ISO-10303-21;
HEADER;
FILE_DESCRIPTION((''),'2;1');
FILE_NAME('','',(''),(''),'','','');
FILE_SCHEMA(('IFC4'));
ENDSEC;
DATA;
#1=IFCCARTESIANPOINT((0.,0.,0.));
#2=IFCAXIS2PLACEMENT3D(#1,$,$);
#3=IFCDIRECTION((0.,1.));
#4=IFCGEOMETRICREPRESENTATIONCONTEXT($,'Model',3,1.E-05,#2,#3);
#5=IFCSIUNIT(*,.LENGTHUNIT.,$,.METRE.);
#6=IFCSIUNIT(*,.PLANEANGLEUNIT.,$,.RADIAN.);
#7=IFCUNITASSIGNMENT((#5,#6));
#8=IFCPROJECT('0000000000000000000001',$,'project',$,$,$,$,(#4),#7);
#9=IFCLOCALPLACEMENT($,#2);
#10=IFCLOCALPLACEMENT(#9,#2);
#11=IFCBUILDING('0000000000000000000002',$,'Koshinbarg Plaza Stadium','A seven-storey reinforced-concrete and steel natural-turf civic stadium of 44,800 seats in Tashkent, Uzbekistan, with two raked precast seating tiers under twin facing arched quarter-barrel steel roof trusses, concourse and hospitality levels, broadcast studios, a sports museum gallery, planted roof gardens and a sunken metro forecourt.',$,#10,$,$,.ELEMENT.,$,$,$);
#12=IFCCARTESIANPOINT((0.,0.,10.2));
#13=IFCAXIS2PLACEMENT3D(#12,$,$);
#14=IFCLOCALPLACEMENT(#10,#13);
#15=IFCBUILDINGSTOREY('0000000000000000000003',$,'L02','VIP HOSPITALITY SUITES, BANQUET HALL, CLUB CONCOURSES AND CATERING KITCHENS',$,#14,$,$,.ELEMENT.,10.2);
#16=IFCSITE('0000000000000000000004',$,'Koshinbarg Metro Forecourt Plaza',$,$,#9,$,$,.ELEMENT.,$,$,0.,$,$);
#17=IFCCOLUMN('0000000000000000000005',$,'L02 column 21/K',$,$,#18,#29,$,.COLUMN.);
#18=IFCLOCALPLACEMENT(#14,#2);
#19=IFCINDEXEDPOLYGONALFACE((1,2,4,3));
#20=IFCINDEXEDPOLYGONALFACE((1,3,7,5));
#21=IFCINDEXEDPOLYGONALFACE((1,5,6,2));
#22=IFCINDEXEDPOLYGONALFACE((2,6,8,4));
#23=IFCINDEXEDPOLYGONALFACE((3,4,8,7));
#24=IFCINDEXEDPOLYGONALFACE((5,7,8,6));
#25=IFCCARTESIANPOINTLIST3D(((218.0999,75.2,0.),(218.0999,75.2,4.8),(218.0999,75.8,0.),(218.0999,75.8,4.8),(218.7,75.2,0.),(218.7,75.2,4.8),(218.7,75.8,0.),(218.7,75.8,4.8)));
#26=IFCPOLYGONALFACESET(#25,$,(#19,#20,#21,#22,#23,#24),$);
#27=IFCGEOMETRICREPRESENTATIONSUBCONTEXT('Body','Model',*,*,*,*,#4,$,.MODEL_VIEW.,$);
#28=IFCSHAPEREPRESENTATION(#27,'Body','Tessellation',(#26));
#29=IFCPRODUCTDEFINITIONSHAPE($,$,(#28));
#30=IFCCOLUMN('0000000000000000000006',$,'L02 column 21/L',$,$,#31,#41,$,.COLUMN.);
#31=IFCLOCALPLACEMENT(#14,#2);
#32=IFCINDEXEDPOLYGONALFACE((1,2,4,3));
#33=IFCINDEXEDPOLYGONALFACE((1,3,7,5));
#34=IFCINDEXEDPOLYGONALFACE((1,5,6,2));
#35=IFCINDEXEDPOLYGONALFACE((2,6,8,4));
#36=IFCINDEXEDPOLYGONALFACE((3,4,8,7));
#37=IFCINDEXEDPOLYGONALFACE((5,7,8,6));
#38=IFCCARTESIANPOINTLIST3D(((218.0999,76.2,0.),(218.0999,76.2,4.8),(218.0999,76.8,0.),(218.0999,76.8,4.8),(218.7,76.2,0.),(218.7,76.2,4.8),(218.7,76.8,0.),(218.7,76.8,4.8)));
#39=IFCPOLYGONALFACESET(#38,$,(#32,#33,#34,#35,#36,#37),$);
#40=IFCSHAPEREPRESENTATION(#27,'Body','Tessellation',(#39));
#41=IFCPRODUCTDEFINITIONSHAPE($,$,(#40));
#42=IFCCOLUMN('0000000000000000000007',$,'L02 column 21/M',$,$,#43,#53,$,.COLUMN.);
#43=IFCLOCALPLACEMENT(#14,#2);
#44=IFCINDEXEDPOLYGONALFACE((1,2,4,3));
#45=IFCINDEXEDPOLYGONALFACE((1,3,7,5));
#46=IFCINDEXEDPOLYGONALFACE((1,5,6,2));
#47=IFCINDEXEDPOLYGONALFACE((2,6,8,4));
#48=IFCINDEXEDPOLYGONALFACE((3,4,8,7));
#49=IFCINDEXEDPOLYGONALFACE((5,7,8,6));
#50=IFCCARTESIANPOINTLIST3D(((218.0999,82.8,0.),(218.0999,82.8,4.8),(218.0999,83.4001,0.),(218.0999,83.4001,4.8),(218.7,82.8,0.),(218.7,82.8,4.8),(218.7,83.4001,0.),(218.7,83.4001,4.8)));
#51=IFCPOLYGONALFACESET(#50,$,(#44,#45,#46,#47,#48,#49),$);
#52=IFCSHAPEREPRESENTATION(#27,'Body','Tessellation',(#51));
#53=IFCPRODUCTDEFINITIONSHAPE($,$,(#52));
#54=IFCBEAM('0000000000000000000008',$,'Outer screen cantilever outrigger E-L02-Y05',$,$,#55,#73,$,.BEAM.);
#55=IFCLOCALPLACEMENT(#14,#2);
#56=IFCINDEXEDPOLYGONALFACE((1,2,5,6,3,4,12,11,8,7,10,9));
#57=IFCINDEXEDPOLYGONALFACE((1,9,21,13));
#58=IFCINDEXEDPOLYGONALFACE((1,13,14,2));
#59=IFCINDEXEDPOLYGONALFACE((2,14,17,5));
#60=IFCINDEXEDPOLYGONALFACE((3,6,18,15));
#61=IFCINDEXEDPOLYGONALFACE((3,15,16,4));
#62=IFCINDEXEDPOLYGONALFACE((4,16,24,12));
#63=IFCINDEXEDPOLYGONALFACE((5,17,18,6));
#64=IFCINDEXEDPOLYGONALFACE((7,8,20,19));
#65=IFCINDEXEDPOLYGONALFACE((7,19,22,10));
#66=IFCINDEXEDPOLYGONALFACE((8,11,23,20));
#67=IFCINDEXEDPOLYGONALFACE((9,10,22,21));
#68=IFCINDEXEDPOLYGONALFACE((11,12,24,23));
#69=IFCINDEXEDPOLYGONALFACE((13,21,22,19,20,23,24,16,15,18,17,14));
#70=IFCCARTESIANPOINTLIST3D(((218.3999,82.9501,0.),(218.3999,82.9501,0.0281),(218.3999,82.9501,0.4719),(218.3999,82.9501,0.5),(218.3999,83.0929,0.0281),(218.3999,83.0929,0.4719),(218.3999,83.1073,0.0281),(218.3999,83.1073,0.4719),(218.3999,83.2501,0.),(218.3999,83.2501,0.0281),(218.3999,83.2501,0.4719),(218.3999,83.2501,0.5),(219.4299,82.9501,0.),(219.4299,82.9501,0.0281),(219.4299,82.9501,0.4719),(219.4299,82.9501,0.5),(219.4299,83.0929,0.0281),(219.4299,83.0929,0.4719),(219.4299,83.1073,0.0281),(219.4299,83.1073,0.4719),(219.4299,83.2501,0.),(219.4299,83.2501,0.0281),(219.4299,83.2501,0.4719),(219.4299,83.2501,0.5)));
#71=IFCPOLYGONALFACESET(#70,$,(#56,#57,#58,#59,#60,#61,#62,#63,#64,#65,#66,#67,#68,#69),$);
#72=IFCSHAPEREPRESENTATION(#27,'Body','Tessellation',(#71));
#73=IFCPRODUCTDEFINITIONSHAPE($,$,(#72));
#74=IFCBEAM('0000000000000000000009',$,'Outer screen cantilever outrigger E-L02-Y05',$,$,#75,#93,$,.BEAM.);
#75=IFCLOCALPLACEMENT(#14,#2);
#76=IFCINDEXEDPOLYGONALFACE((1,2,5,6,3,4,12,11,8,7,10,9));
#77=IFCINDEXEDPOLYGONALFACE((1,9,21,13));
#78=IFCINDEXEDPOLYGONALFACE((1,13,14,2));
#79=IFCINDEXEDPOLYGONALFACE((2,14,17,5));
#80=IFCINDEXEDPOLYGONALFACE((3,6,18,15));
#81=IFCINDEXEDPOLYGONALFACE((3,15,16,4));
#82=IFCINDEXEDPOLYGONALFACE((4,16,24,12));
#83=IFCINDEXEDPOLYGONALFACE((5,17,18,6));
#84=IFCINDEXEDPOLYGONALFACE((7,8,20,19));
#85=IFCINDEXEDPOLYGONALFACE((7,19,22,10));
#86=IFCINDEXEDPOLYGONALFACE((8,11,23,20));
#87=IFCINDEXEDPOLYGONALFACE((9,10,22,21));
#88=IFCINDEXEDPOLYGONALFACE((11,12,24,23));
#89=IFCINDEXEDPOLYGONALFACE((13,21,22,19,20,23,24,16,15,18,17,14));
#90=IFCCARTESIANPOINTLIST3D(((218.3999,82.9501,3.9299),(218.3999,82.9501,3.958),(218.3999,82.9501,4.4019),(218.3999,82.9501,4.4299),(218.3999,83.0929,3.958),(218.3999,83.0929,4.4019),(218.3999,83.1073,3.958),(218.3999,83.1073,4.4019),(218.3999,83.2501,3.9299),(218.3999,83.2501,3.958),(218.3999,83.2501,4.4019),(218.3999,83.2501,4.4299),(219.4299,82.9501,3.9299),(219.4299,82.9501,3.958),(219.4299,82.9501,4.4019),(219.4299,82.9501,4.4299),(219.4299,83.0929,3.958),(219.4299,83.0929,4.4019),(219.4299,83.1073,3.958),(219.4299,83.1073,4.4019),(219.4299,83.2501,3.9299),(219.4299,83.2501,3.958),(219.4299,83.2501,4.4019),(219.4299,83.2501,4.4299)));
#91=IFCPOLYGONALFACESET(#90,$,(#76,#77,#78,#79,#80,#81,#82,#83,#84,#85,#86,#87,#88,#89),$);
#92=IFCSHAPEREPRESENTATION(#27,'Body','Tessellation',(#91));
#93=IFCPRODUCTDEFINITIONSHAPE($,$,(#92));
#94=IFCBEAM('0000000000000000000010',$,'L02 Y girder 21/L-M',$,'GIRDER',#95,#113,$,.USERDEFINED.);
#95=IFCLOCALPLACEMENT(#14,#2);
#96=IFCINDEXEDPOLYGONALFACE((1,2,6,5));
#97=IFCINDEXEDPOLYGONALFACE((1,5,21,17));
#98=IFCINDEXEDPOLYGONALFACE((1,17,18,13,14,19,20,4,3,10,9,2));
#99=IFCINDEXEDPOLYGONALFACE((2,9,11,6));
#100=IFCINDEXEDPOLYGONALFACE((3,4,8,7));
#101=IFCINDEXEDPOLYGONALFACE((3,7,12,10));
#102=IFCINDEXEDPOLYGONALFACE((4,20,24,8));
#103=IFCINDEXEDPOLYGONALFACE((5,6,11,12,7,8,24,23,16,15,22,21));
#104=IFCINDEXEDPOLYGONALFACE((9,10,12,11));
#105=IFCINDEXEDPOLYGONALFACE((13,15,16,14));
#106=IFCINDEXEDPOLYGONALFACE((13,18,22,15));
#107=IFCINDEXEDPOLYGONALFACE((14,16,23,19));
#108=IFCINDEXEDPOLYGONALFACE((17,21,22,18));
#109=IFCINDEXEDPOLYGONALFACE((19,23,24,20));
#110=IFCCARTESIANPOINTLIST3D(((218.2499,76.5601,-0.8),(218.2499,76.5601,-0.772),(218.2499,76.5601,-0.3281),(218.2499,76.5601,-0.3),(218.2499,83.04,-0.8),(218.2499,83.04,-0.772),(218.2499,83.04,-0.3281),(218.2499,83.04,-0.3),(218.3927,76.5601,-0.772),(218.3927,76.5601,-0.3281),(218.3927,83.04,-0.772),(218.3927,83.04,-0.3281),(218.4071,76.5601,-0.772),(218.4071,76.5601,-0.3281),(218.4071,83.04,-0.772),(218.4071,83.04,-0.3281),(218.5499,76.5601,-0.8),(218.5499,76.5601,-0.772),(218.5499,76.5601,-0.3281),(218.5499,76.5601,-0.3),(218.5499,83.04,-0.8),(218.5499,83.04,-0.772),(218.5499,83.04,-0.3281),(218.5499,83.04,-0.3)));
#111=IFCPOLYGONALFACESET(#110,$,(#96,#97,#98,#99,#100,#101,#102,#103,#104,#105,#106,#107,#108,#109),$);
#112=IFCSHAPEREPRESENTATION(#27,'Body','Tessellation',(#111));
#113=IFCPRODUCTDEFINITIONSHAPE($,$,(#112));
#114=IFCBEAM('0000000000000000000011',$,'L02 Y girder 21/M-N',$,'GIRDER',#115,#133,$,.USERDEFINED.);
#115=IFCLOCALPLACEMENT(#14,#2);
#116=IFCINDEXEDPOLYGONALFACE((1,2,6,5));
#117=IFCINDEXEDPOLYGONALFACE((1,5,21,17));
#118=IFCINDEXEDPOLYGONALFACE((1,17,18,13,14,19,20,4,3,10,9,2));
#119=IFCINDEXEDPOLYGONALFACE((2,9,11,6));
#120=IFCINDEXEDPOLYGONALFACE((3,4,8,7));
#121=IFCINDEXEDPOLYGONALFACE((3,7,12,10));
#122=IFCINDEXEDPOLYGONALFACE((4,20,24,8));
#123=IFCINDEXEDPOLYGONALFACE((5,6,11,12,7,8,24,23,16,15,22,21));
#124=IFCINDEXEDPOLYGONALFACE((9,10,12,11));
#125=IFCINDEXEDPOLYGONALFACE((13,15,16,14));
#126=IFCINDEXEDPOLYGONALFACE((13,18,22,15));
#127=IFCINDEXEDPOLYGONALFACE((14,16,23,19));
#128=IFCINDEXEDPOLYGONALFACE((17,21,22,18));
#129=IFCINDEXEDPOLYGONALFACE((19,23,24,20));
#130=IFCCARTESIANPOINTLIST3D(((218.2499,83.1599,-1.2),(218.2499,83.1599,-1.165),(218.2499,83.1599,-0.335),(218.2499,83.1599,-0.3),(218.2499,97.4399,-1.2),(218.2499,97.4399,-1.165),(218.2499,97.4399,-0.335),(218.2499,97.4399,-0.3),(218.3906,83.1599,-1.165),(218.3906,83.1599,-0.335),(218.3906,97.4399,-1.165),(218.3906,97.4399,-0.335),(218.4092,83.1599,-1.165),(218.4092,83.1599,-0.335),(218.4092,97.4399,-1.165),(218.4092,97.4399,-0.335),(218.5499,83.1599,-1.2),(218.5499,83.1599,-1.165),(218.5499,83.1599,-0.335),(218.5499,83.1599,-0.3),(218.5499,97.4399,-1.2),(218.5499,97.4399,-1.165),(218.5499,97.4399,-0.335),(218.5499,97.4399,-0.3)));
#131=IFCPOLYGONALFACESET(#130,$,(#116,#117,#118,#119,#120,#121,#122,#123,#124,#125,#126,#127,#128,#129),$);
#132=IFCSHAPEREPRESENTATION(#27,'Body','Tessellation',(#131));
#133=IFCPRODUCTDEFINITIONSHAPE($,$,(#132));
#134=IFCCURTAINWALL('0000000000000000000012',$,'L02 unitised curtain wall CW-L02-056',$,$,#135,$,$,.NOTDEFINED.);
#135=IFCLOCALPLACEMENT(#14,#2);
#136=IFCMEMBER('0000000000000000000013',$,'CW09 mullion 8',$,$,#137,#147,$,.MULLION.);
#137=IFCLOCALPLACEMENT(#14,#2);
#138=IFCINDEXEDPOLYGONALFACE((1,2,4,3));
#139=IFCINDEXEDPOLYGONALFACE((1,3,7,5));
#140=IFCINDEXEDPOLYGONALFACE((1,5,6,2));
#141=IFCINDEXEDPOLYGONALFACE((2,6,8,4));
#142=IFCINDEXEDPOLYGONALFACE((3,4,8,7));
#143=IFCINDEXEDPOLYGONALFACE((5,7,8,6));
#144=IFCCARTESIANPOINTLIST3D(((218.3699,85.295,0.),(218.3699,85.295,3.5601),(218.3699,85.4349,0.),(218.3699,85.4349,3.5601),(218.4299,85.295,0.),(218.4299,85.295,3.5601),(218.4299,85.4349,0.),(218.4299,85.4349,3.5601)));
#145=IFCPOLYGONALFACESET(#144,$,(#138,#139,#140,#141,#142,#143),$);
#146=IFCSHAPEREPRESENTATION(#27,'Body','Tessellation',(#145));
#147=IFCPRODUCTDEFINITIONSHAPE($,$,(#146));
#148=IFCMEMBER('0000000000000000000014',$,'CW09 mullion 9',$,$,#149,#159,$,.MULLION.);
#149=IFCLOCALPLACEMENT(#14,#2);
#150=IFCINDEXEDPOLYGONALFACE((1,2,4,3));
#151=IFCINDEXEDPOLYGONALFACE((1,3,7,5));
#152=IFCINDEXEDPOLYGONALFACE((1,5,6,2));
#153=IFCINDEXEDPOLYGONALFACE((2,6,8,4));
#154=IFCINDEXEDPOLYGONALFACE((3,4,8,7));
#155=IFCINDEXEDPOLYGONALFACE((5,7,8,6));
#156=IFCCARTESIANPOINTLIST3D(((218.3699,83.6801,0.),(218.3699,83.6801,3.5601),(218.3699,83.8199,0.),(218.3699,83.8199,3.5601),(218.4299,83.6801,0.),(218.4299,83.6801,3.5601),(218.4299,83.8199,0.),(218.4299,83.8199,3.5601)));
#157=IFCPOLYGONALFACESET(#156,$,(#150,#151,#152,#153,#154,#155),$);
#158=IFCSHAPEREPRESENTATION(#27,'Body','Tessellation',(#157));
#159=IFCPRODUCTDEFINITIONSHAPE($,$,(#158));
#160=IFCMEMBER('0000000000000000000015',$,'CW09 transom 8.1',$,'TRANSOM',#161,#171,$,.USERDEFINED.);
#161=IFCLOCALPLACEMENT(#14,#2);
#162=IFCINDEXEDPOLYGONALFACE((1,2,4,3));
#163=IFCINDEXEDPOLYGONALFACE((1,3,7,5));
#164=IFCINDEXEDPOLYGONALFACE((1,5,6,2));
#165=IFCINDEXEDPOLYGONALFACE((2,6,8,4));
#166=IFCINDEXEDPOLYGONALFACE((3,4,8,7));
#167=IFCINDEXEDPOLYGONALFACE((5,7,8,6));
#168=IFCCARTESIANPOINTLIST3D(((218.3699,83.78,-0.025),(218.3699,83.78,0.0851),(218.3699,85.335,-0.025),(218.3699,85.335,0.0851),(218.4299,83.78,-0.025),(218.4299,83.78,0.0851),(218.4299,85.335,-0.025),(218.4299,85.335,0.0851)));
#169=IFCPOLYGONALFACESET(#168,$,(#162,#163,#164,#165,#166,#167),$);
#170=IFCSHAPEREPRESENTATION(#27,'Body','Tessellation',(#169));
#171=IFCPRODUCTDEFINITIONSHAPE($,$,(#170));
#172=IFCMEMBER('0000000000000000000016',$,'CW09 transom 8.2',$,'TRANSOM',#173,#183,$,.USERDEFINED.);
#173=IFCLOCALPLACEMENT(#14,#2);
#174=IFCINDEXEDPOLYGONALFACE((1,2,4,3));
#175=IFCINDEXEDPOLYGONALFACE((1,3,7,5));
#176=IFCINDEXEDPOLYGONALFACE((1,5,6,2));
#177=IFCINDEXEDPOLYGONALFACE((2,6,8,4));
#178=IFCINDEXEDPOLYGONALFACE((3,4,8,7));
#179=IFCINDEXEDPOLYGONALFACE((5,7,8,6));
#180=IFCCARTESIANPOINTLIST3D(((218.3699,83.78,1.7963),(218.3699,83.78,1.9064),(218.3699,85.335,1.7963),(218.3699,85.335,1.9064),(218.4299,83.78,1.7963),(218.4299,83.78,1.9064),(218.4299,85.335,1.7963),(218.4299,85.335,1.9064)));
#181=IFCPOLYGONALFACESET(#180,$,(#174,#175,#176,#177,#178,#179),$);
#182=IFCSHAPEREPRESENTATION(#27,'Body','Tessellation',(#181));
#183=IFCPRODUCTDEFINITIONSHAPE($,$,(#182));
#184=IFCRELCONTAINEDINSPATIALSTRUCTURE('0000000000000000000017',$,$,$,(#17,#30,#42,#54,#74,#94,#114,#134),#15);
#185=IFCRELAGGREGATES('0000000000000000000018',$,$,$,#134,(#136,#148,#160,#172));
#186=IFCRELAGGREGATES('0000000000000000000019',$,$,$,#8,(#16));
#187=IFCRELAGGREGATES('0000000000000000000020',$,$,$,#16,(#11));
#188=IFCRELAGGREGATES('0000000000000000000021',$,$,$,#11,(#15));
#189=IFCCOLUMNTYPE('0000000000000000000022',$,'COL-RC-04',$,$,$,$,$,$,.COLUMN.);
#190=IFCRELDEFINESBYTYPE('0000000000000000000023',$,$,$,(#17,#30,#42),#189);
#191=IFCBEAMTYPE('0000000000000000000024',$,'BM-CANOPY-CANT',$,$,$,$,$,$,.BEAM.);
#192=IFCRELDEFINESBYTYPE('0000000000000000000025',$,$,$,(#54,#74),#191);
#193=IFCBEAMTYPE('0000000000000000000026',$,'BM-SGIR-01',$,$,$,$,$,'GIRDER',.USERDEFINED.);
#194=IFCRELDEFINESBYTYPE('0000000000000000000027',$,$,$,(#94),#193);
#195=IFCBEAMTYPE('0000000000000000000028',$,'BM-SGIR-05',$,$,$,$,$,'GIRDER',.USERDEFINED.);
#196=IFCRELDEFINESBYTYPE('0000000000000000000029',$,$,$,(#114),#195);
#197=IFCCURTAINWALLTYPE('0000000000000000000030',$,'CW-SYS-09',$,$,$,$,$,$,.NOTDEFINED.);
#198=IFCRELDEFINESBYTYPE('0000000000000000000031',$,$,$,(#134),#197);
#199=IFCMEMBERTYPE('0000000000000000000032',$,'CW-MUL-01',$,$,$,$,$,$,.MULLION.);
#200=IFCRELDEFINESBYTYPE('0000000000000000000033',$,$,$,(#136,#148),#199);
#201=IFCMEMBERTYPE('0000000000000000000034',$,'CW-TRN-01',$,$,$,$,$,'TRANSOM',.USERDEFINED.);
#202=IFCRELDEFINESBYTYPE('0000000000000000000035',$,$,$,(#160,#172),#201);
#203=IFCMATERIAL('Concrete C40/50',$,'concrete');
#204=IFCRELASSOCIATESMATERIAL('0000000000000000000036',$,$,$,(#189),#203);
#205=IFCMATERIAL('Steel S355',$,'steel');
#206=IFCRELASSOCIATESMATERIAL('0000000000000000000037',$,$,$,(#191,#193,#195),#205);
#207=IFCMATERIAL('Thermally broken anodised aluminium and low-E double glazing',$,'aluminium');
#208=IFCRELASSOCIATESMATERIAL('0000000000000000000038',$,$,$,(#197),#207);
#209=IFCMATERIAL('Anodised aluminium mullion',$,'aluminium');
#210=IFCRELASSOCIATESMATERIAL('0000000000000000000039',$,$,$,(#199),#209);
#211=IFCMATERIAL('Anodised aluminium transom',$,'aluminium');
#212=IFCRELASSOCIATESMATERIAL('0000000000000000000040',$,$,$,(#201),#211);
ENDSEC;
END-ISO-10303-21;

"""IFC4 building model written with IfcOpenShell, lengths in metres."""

from ifc_helpers import new_model, si_unit, direction, frame, origin, origin_2d, place, context, subcontext, project, spatial, rectangle, i_section, extrude, material, material_profile, profile_set, type_object, element, aggregate, save


model = new_model("IFC4")

# Units and contexts
model_context = context("Model", 3, precision=1e-05, world=origin(), true_north=direction((0.0, 1.0)))
body_context = subcontext(model_context, "Body", "Model", "MODEL_VIEW")
ifc_project = project(units=[si_unit("LENGTHUNIT", "METRE"), si_unit("PLANEANGLEUNIT", "RADIAN")], contexts=[model_context])

# Site, building, storey
site_placement = place(None, origin())
site = spatial("IfcSite", under=ifc_project, at=site_placement, Name="Koshinbarg Metro Forecourt Plaza", CompositionType="ELEMENT", RefElevation=0.0)
building_placement = place(site_placement, origin())
building = spatial("IfcBuilding", under=site, at=building_placement, Name="Koshinbarg Plaza Stadium", Description="A seven-storey reinforced-concrete and steel natural-turf civic stadium of 44,800 seats in Tashkent, Uzbekistan, with two raked precast seating tiers under twin facing arched quarter-barrel steel roof trusses, concourse and hospitality levels, broadcast studios, a sports museum gallery, planted roof gardens and a sunken metro forecourt.", CompositionType="ELEMENT")
storey_placement = place(building_placement, frame((0.0, 0.0, 10.2)))
storey = spatial("IfcBuildingStorey", under=building, at=storey_placement, Name="L02", Description="VIP HOSPITALITY SUITES, BANQUET HALL, CLUB CONCOURSES AND CATERING KITCHENS", CompositionType="ELEMENT", Elevation=10.2)

# Columns
ifc_material_1 = material(Name="Concrete C40/50", Category="concrete")
ifc_material_profile_1 = material_profile(ifc_material_1, rectangle(XDim=0.6001, YDim=0.6001, at=origin_2d()), Name="RC 600x600")
ifc_profile_set_1 = profile_set([ifc_material_profile_1], Name="Concrete C40/50")
column_type = type_object("IfcColumnType", Name="COL-RC-04", PredefinedType="COLUMN", material=ifc_profile_set_1)
for number, where, z_axis, x_axis, name in (
    (1, (218.3999, 75.5, 0.0), (0.0, 0.0, 1.0), (1.0, 0.0, 0.0), "L02 column 21/K"),
    (2, (218.3999, 76.5, 0.0), (0.0, 0.0, 1.0), (1.0, 0.0, 0.0), "L02 column 21/L"),
    (3, (218.3999, 83.1001, 0.0), (0.0, 0.0, 1.0), (1.0, 0.0, 0.0), "L02 column 21/M"),
):
    element("IfcColumn", number, at=place(storey_placement, frame(where, z_axis=z_axis, x_axis=x_axis)), inside=storey, type_object=column_type, Name=name, PredefinedType="COLUMN", context=body_context, shape_type="SweptSolid", body=[
        extrude(rectangle(XDim=0.6001, YDim=0.6001, at=origin_2d()), origin(), (0.0, 0.0, 1.0), 4.8),
    ])

# Beams
ifc_material_2 = material(Name="Steel S355", Category="steel")
ifc_material_profile_2 = material_profile(ifc_material_2, i_section(OverallWidth=0.3, OverallDepth=0.5, WebThickness=0.0144, FlangeThickness=0.0281, at=origin_2d()), Name="HEB 500")
ifc_profile_set_2 = profile_set([ifc_material_profile_2], Name="Steel S355")
beam_type_1 = type_object("IfcBeamType", Name="BM-CANOPY-CANT", PredefinedType="BEAM", material=ifc_profile_set_2)
for number, where, z_axis, x_axis, name in (
    (4, (218.3999, 83.1001, 0.25), (1.0, 0.0, 0.0), (0.0, 1.0, 0.0), "Outer screen cantilever outrigger E-L02-Y05"),
    (5, (218.3999, 83.1001, 4.1799), (1.0, 0.0, 0.0), (0.0, 1.0, 0.0), "Outer screen cantilever outrigger E-L02-Y05"),
):
    element("IfcBeam", number, at=place(storey_placement, frame(where, z_axis=z_axis, x_axis=x_axis)), inside=storey, type_object=beam_type_1, Name=name, PredefinedType="BEAM", context=body_context, shape_type="SweptSolid", body=[
        extrude(i_section(OverallWidth=0.3, OverallDepth=0.5, WebThickness=0.0144, FlangeThickness=0.0281, at=origin_2d()), origin(), (0.0, 0.0, 1.0), 1.03),
    ])
ifc_material_profile_3 = material_profile(ifc_material_2, i_section(OverallWidth=0.3, OverallDepth=0.5, WebThickness=0.0144, FlangeThickness=0.0281, at=origin_2d()), Name="HEB 500")
ifc_profile_set_3 = profile_set([ifc_material_profile_3], Name="Steel S355")
beam_type_2 = type_object("IfcBeamType", Name="BM-SGIR-01", ElementType="GIRDER", PredefinedType="USERDEFINED", material=ifc_profile_set_3)
beam_1_placement = place(storey_placement, frame((218.3999, 76.5601, -0.55), z_axis=(0.0, 1.0, 0.0), x_axis=(-1.0, 0.0, 0.0)))
element("IfcBeam", 6, at=beam_1_placement, inside=storey, type_object=beam_type_2, Name="L02 Y girder 21/L-M", ObjectType="GIRDER", PredefinedType="USERDEFINED", context=body_context, shape_type="SweptSolid", body=[
    extrude(i_section(OverallWidth=0.3, OverallDepth=0.5, WebThickness=0.0144, FlangeThickness=0.0281, at=origin_2d()), origin(), (0.0, 0.0, 1.0), 6.48),
])
ifc_material_profile_4 = material_profile(ifc_material_2, i_section(OverallWidth=0.3, OverallDepth=0.8999, WebThickness=0.0186, FlangeThickness=0.0349, at=origin_2d()), Name="HEB 900")
ifc_profile_set_4 = profile_set([ifc_material_profile_4], Name="Steel S355")
beam_type_3 = type_object("IfcBeamType", Name="BM-SGIR-05", ElementType="GIRDER", PredefinedType="USERDEFINED", material=ifc_profile_set_4)
beam_2_placement = place(storey_placement, frame((218.3999, 83.1599, -0.75), z_axis=(0.0, 1.0, 0.0), x_axis=(-1.0, 0.0, 0.0)))
element("IfcBeam", 7, at=beam_2_placement, inside=storey, type_object=beam_type_3, Name="L02 Y girder 21/M-N", ObjectType="GIRDER", PredefinedType="USERDEFINED", context=body_context, shape_type="SweptSolid", body=[
    extrude(i_section(OverallWidth=0.3, OverallDepth=0.8999, WebThickness=0.0186, FlangeThickness=0.0349, at=origin_2d()), origin(), (0.0, 0.0, 1.0), 14.28),
])

# Curtain wall, members
ifc_material_3 = material(Name="Thermally broken anodised aluminium and low-E double glazing", Category="aluminium")
curtain_wall_type = type_object("IfcCurtainWallType", Name="CW-SYS-09", PredefinedType="NOTDEFINED", material=ifc_material_3)
curtain_wall_placement = place(storey_placement, origin())
curtain_wall = element("IfcCurtainWall", 8, at=curtain_wall_placement, inside=storey, type_object=curtain_wall_type, Name="L02 unitised curtain wall CW-L02-056", PredefinedType="NOTDEFINED")
ifc_material_4 = material(Name="Anodised aluminium mullion", Category="aluminium")
ifc_material_profile_5 = material_profile(ifc_material_4, rectangle(XDim=0.0601, YDim=0.1399, at=origin_2d()), Name="ALU 60x140")
ifc_profile_set_5 = profile_set([ifc_material_profile_5], Name="Anodised aluminium mullion")
member_type_1 = type_object("IfcMemberType", Name="CW-MUL-01", PredefinedType="MULLION", material=ifc_profile_set_5)
member_1_placement = place(storey_placement, frame((218.3999, 85.365, 0.0), z_axis=(0.0, 0.0, 1.0), x_axis=(1.0, 0.0, 0.0)))
member_1 = element("IfcMember", 9, at=member_1_placement, type_object=member_type_1, Name="CW09 mullion 8", PredefinedType="MULLION", context=body_context, shape_type="SweptSolid", body=[
    extrude(rectangle(XDim=0.0601, YDim=0.1399, at=origin_2d()), origin(), (0.0, 0.0, 1.0), 3.5601),
])
member_2_placement = place(storey_placement, frame((218.3999, 83.75, 0.0), z_axis=(0.0, 0.0, 1.0), x_axis=(1.0, 0.0, 0.0)))
member_2 = element("IfcMember", 10, at=member_2_placement, type_object=member_type_1, Name="CW09 mullion 9", PredefinedType="MULLION", context=body_context, shape_type="SweptSolid", body=[
    extrude(rectangle(XDim=0.0601, YDim=0.1399, at=origin_2d()), origin(), (0.0, 0.0, 1.0), 3.5601),
])
ifc_material_5 = material(Name="Anodised aluminium transom", Category="aluminium")
ifc_material_profile_6 = material_profile(ifc_material_5, rectangle(XDim=0.0601, YDim=0.1101, at=origin_2d()), Name="ALU 60x110")
ifc_profile_set_6 = profile_set([ifc_material_profile_6], Name="Anodised aluminium transom")
member_type_2 = type_object("IfcMemberType", Name="CW-TRN-01", ElementType="TRANSOM", PredefinedType="USERDEFINED", material=ifc_profile_set_6)
member_3_placement = place(storey_placement, frame((218.3999, 85.335, 0.03), z_axis=(0.0, -1.0, 0.0), x_axis=(1.0, 0.0, 0.0)))
member_3 = element("IfcMember", 11, at=member_3_placement, type_object=member_type_2, Name="CW09 transom 8.1", ObjectType="TRANSOM", PredefinedType="USERDEFINED", context=body_context, shape_type="SweptSolid", body=[
    extrude(rectangle(XDim=0.0601, YDim=0.1101, at=origin_2d()), origin(), (0.0, 0.0, 1.0), 1.5549),
])
member_4_placement = place(storey_placement, frame((218.3999, 85.335, 1.8513), z_axis=(0.0, -1.0, 0.0), x_axis=(1.0, 0.0, 0.0)))
member_4 = element("IfcMember", 12, at=member_4_placement, type_object=member_type_2, Name="CW09 transom 8.2", ObjectType="TRANSOM", PredefinedType="USERDEFINED", context=body_context, shape_type="SweptSolid", body=[
    extrude(rectangle(XDim=0.0601, YDim=0.1101, at=origin_2d()), origin(), (0.0, 0.0, 1.0), 1.5549),
])

aggregate(curtain_wall, [member_1, member_2, member_3, member_4])

save(model, "model.ifc")
